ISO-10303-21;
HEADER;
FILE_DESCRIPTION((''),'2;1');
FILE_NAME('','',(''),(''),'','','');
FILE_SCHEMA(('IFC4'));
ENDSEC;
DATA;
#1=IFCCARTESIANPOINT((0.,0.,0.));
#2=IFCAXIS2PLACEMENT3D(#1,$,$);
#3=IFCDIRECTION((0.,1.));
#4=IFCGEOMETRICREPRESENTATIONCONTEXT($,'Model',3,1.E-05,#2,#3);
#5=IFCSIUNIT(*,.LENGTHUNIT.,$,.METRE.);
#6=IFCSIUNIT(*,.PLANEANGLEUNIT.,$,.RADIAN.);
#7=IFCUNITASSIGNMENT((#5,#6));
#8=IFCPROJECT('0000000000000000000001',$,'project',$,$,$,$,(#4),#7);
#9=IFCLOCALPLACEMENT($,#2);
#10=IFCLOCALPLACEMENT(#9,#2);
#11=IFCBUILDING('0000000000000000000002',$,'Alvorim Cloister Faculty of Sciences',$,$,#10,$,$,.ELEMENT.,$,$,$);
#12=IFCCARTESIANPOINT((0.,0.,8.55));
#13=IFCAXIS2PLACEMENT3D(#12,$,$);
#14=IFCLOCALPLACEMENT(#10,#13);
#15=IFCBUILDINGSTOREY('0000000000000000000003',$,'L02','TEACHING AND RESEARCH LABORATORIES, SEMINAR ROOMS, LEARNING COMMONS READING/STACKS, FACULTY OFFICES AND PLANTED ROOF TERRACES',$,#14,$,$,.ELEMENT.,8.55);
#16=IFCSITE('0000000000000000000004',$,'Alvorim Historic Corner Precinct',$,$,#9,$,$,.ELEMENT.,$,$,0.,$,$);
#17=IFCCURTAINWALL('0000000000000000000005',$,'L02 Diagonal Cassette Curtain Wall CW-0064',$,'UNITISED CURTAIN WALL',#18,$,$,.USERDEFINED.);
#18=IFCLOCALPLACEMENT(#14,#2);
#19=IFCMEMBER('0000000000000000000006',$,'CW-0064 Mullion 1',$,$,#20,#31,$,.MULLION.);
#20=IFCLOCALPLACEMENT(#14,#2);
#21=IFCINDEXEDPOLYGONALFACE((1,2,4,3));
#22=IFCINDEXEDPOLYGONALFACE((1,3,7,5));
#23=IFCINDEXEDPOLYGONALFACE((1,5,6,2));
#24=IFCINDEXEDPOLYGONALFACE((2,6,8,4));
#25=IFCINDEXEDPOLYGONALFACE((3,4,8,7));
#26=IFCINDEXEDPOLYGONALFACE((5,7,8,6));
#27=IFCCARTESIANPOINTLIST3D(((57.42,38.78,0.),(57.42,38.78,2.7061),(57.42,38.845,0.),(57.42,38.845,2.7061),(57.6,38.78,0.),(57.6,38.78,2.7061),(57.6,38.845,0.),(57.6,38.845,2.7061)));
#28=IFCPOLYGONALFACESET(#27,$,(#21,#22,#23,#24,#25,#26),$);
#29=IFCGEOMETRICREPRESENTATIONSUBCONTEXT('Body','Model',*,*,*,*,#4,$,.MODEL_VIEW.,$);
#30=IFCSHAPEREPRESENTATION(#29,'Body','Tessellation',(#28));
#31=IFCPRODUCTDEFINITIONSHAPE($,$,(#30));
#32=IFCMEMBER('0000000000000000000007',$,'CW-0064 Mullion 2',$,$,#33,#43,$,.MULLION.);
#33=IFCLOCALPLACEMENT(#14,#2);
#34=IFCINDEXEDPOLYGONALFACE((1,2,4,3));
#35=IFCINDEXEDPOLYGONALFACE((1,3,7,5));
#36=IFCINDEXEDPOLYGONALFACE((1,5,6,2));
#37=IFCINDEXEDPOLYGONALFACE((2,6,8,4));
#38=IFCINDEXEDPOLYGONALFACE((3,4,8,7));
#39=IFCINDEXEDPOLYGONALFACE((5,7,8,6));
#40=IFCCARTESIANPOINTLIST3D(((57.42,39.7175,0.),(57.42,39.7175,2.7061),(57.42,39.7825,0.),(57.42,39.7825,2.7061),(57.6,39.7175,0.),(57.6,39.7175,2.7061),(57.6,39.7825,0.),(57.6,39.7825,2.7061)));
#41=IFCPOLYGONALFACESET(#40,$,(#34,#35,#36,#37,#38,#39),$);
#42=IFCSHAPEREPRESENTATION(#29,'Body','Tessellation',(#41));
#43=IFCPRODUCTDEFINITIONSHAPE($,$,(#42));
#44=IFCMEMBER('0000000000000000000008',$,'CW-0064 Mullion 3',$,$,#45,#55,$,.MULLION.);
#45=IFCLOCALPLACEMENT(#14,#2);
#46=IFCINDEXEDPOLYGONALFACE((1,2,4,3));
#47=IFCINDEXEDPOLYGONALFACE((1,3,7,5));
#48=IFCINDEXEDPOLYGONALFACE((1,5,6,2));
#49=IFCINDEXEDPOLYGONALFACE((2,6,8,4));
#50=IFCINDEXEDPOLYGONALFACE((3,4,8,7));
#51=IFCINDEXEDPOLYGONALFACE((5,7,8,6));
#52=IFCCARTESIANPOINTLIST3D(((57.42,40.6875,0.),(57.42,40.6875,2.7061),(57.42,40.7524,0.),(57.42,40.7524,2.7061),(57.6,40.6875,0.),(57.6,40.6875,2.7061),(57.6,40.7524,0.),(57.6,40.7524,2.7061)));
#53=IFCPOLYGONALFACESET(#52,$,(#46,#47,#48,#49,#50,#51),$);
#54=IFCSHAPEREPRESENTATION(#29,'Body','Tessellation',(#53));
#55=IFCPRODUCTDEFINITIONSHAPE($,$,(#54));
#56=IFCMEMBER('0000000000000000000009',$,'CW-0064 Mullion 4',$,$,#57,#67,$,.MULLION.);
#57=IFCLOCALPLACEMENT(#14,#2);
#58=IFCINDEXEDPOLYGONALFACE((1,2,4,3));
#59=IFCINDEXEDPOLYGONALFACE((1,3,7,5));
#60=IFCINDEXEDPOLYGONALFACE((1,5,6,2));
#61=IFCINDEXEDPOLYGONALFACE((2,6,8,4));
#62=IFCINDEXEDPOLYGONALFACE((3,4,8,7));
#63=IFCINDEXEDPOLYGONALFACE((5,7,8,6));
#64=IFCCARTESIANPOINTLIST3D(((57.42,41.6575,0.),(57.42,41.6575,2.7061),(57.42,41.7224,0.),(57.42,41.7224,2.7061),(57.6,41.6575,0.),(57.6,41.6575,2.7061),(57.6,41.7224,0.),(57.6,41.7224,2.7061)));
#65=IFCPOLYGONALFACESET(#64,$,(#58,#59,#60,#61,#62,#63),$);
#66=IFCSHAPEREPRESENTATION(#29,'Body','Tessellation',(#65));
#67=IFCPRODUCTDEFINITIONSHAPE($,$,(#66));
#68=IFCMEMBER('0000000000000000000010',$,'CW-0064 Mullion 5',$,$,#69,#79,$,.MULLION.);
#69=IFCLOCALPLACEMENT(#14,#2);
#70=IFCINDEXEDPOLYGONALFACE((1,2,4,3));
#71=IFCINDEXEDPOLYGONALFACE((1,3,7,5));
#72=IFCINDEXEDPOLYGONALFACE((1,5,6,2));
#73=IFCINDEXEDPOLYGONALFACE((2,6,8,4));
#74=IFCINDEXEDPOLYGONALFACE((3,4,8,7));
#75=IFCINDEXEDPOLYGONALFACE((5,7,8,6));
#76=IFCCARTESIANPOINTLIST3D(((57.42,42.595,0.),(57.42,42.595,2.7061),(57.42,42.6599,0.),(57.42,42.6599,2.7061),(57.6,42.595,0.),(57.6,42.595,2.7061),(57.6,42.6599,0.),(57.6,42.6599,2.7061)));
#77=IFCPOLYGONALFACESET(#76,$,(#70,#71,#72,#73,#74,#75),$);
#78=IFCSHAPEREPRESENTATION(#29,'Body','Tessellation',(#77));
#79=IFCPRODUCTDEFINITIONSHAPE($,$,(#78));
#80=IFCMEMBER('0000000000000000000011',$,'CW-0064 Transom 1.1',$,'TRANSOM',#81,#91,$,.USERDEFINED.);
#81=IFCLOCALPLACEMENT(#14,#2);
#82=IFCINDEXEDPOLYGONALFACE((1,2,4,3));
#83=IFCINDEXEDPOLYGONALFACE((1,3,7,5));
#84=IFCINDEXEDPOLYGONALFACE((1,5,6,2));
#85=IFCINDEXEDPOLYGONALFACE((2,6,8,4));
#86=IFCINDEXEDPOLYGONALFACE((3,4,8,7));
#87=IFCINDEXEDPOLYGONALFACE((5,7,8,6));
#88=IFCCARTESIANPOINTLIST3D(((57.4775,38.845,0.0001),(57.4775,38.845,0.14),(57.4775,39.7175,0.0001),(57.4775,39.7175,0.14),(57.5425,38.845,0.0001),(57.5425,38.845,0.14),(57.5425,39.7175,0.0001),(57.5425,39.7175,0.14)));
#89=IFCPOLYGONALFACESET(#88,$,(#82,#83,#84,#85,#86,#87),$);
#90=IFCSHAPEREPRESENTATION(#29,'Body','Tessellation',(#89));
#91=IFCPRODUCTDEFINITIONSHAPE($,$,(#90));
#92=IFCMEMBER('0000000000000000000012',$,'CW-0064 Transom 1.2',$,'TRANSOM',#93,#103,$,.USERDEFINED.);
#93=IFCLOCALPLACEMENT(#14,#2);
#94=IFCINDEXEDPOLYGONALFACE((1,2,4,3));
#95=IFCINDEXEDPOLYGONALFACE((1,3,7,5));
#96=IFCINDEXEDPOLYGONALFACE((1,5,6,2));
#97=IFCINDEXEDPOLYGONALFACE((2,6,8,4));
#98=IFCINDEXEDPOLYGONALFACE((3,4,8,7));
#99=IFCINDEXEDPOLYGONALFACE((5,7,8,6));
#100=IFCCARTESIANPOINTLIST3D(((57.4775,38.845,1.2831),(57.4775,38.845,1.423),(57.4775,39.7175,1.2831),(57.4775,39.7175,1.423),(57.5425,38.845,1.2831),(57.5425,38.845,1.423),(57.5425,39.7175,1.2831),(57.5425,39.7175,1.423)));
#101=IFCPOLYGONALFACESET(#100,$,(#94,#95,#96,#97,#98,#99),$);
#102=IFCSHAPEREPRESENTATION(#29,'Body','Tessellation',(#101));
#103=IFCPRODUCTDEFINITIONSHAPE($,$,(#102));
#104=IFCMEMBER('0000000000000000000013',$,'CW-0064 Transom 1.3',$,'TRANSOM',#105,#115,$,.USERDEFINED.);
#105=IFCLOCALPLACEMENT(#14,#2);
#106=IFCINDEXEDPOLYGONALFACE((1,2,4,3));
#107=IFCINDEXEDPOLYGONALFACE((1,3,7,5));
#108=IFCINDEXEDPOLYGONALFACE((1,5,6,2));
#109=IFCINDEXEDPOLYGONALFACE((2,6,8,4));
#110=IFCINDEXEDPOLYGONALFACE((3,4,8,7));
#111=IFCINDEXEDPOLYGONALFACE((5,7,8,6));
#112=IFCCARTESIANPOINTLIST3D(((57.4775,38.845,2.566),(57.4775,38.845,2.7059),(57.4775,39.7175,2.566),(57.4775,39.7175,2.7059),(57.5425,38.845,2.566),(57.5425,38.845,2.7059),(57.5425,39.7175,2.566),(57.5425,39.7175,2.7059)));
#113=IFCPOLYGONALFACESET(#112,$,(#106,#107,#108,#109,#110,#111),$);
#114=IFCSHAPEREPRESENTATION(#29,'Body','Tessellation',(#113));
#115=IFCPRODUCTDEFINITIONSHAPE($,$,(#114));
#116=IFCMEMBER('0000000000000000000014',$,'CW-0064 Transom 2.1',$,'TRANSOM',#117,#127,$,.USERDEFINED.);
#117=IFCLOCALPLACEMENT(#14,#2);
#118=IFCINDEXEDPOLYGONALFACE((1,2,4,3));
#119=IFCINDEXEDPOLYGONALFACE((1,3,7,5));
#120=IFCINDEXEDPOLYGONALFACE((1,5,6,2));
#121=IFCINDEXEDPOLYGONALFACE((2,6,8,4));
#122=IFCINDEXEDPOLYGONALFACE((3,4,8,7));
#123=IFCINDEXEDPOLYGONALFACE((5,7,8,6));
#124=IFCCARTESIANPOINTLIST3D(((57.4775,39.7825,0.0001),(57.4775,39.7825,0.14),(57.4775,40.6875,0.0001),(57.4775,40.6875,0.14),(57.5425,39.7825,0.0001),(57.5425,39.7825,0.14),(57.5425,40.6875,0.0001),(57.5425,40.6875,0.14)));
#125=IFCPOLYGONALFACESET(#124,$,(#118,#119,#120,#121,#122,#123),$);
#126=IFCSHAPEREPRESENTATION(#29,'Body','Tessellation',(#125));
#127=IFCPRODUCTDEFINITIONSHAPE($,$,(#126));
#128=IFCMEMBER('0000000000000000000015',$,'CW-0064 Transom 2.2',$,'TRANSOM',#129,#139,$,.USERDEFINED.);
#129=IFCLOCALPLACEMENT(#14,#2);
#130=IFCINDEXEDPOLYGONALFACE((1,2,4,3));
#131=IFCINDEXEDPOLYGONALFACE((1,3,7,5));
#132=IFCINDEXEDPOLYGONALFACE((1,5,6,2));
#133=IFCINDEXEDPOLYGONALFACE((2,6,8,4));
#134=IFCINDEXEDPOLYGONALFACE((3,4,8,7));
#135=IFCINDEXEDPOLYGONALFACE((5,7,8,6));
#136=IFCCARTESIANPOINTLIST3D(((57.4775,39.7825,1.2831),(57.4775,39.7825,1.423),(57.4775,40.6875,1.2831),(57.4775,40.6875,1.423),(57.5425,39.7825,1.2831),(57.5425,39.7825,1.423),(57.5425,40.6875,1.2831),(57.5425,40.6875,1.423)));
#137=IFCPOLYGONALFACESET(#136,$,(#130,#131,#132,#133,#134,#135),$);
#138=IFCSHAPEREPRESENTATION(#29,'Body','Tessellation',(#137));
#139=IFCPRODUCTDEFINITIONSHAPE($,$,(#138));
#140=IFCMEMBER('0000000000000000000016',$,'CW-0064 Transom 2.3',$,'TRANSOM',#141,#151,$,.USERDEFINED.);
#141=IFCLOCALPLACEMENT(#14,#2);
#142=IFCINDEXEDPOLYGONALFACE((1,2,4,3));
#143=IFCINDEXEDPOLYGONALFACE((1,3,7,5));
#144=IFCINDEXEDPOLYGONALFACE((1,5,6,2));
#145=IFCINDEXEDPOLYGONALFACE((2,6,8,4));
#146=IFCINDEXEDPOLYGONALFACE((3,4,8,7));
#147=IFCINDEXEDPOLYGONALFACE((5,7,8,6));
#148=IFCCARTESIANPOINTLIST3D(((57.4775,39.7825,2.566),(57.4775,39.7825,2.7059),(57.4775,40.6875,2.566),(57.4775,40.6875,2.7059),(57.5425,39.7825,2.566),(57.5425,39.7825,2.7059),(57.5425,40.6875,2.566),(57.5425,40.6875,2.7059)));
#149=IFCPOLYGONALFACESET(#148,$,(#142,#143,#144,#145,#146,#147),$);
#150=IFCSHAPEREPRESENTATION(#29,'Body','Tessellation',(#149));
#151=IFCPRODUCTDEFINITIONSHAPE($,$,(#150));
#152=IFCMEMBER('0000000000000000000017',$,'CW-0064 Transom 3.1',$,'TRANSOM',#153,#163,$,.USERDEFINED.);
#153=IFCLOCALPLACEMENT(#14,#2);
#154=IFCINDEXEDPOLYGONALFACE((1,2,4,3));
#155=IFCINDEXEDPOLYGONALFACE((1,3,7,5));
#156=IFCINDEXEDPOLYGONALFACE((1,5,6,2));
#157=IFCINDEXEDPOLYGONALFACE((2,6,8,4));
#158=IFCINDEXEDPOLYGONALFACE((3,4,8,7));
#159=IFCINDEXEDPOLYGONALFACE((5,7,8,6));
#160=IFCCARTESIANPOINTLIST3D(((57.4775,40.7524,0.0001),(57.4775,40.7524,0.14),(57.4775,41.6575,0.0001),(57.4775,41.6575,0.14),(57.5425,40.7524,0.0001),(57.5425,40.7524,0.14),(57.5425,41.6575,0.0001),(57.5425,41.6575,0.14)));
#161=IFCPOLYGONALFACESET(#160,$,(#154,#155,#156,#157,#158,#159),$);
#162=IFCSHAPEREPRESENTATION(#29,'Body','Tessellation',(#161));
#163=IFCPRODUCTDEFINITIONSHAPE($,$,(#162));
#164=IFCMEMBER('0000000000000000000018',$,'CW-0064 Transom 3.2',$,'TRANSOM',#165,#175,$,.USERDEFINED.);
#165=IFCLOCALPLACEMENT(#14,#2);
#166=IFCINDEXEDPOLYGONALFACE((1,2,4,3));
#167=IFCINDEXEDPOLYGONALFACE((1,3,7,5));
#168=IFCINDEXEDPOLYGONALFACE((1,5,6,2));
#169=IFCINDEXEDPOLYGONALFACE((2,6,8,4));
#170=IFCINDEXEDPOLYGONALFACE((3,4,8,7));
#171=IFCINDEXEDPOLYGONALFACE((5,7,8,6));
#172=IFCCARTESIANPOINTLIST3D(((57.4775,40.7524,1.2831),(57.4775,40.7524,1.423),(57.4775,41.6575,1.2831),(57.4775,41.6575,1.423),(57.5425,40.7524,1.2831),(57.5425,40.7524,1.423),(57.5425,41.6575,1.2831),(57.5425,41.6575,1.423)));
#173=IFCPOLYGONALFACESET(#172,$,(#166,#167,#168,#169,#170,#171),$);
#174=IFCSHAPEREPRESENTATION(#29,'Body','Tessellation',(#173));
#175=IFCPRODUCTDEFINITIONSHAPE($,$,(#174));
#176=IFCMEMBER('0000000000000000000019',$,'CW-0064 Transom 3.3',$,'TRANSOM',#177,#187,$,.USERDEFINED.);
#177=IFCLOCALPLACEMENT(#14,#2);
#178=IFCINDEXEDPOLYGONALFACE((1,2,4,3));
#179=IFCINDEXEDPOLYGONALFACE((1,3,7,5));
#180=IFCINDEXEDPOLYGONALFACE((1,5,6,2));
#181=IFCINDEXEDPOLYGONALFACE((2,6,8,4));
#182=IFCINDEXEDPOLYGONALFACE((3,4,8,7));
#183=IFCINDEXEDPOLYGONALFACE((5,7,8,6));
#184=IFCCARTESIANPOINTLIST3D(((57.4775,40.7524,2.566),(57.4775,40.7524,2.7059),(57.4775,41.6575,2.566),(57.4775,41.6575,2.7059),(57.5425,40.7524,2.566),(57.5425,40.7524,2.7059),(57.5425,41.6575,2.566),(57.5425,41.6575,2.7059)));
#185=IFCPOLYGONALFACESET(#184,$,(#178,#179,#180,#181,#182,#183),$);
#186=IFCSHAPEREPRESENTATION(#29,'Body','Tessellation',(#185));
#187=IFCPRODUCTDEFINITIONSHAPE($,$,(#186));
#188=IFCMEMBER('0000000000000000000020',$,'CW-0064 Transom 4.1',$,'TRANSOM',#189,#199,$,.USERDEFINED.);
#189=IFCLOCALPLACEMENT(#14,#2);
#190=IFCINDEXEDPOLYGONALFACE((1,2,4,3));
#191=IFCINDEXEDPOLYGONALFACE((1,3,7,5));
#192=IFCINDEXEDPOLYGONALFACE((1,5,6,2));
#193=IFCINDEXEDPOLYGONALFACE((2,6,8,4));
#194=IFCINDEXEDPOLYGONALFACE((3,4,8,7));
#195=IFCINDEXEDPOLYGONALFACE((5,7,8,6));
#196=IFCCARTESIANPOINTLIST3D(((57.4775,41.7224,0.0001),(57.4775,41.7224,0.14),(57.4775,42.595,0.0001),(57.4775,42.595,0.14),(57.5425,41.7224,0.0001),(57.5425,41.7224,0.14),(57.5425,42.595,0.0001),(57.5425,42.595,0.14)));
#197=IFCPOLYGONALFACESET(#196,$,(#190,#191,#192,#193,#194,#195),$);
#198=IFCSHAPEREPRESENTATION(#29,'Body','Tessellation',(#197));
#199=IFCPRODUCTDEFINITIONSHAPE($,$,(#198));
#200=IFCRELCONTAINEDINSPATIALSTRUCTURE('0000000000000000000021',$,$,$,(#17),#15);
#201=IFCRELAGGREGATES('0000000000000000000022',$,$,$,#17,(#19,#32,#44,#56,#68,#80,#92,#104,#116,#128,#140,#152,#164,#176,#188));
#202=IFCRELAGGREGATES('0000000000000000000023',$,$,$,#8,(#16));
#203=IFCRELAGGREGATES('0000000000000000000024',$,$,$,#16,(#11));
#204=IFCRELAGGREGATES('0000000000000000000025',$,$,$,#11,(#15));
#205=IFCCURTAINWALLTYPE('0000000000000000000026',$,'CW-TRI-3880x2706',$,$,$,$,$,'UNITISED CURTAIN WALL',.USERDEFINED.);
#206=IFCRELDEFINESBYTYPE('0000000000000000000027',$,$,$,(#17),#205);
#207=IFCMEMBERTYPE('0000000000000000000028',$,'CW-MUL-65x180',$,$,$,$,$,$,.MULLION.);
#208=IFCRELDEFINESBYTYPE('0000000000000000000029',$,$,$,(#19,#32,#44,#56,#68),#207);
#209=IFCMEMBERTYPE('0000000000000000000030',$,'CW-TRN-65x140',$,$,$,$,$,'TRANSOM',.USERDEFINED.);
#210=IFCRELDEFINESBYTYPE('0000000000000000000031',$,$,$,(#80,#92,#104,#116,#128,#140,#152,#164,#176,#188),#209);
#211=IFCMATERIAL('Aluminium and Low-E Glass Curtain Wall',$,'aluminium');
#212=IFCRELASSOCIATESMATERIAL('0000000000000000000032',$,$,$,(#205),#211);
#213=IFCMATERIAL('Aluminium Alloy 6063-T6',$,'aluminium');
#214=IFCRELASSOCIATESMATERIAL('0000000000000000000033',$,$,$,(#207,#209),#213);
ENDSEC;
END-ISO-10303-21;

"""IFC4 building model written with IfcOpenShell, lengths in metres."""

from ifc_helpers import new_model, si_unit, direction, frame, origin, origin_2d, place, context, subcontext, project, spatial, rectangle, extrude, material, material_profile, profile_set, type_object, element, aggregate, save


model = new_model("IFC4")

# Units and contexts
model_context = context("Model", 3, precision=1e-05, world=origin(), true_north=direction((0.0, 1.0)))
body_context = subcontext(model_context, "Body", "Model", "MODEL_VIEW")
ifc_project = project(units=[si_unit("LENGTHUNIT", "METRE"), si_unit("PLANEANGLEUNIT", "RADIAN")], contexts=[model_context])

# Site, building, storey
site_placement = place(None, origin())
site = spatial("IfcSite", under=ifc_project, at=site_placement, Name="Alvorim Historic Corner Precinct", CompositionType="ELEMENT", RefElevation=0.0)
building_placement = place(site_placement, origin())
building = spatial("IfcBuilding", under=site, at=building_placement, Name="Alvorim Cloister Faculty of Sciences", CompositionType="ELEMENT")
storey_placement = place(building_placement, frame((0.0, 0.0, 8.55)))
storey = spatial("IfcBuildingStorey", under=building, at=storey_placement, Name="L02", Description="TEACHING AND RESEARCH LABORATORIES, SEMINAR ROOMS, LEARNING COMMONS READING/STACKS, FACULTY OFFICES AND PLANTED ROOF TERRACES", CompositionType="ELEMENT", Elevation=8.55)

# Curtain wall, members
ifc_material_1 = material(Name="Aluminium and Low-E Glass Curtain Wall", Category="aluminium")
curtain_wall_type = type_object("IfcCurtainWallType", Name="CW-TRI-3880x2706", ElementType="UNITISED CURTAIN WALL", PredefinedType="USERDEFINED", material=ifc_material_1)
curtain_wall_placement = place(storey_placement, origin())
curtain_wall = element("IfcCurtainWall", 1, at=curtain_wall_placement, inside=storey, type_object=curtain_wall_type, Name="L02 Diagonal Cassette Curtain Wall CW-0064", ObjectType="UNITISED CURTAIN WALL", PredefinedType="USERDEFINED")
ifc_material_2 = material(Name="Aluminium Alloy 6063-T6", Category="aluminium")
ifc_material_profile_1 = material_profile(ifc_material_2, rectangle(XDim=0.0649, YDim=0.1799, at=origin_2d()), Name="ALU-MUL-65x180")
ifc_profile_set_1 = profile_set([ifc_material_profile_1], Name="Aluminium Alloy 6063-T6")
member_type_1 = type_object("IfcMemberType", Name="CW-MUL-65x180", PredefinedType="MULLION", material=ifc_profile_set_1)
member_1_placement = place(storey_placement, frame((57.51, 38.8125, 0.0), z_axis=(0.0, 0.0, 1.0), x_axis=(0.0, 1.0, 0.0)))
member_1 = element("IfcMember", 2, at=member_1_placement, type_object=member_type_1, Name="CW-0064 Mullion 1", PredefinedType="MULLION", context=body_context, shape_type="SweptSolid", body=[
    extrude(rectangle(XDim=0.0649, YDim=0.1799, at=origin_2d()), origin(), (0.0, 0.0, 1.0), 2.7061),
])
member_2_placement = place(storey_placement, frame((57.51, 39.75, 0.0), z_axis=(0.0, 0.0, 1.0), x_axis=(0.0, 1.0, 0.0)))
member_2 = element("IfcMember", 3, at=member_2_placement, type_object=member_type_1, Name="CW-0064 Mullion 2", PredefinedType="MULLION", context=body_context, shape_type="SweptSolid", body=[
    extrude(rectangle(XDim=0.0649, YDim=0.1799, at=origin_2d()), origin(), (0.0, 0.0, 1.0), 2.7061),
])
member_3_placement = place(storey_placement, frame((57.51, 40.72, 0.0), z_axis=(0.0, 0.0, 1.0), x_axis=(0.0, 1.0, 0.0)))
member_3 = element("IfcMember", 4, at=member_3_placement, type_object=member_type_1, Name="CW-0064 Mullion 3", PredefinedType="MULLION", context=body_context, shape_type="SweptSolid", body=[
    extrude(rectangle(XDim=0.0649, YDim=0.1799, at=origin_2d()), origin(), (0.0, 0.0, 1.0), 2.7061),
])
member_4_placement = place(storey_placement, frame((57.51, 41.6899, 0.0), z_axis=(0.0, 0.0, 1.0), x_axis=(0.0, 1.0, 0.0)))
member_4 = element("IfcMember", 5, at=member_4_placement, type_object=member_type_1, Name="CW-0064 Mullion 4", PredefinedType="MULLION", context=body_context, shape_type="SweptSolid", body=[
    extrude(rectangle(XDim=0.0649, YDim=0.1799, at=origin_2d()), origin(), (0.0, 0.0, 1.0), 2.7061),
])
member_5_placement = place(storey_placement, frame((57.51, 42.6274, 0.0), z_axis=(0.0, 0.0, 1.0), x_axis=(0.0, 1.0, 0.0)))
member_5 = element("IfcMember", 6, at=member_5_placement, type_object=member_type_1, Name="CW-0064 Mullion 5", PredefinedType="MULLION", context=body_context, shape_type="SweptSolid", body=[
    extrude(rectangle(XDim=0.0649, YDim=0.1799, at=origin_2d()), origin(), (0.0, 0.0, 1.0), 2.7061),
])
ifc_material_profile_2 = material_profile(ifc_material_2, rectangle(XDim=0.0649, YDim=0.1399, at=origin_2d()), Name="ALU-TRN-65x140")
ifc_profile_set_2 = profile_set([ifc_material_profile_2], Name="Aluminium Alloy 6063-T6")
member_type_2 = type_object("IfcMemberType", Name="CW-TRN-65x140", ElementType="TRANSOM", PredefinedType="USERDEFINED", material=ifc_profile_set_2)
member_6_placement = place(storey_placement, frame((57.51, 38.845, 0.0701), z_axis=(0.0, 1.0, 0.0), x_axis=(-1.0, 0.0, 0.0)))
member_6 = element("IfcMember", 7, at=member_6_placement, type_object=member_type_2, Name="CW-0064 Transom 1.1", ObjectType="TRANSOM", PredefinedType="USERDEFINED", context=body_context, shape_type="SweptSolid", body=[
    extrude(rectangle(XDim=0.0649, YDim=0.1399, at=origin_2d()), origin(), (0.0, 0.0, 1.0), 0.8726),
])
member_7_placement = place(storey_placement, frame((57.51, 38.845, 1.353), z_axis=(0.0, 1.0, 0.0), x_axis=(-1.0, 0.0, 0.0)))
member_7 = element("IfcMember", 8, at=member_7_placement, type_object=member_type_2, Name="CW-0064 Transom 1.2", ObjectType="TRANSOM", PredefinedType="USERDEFINED", context=body_context, shape_type="SweptSolid", body=[
    extrude(rectangle(XDim=0.0649, YDim=0.1399, at=origin_2d()), origin(), (0.0, 0.0, 1.0), 0.8726),
])
member_8_placement = place(storey_placement, frame((57.51, 38.845, 2.636), z_axis=(0.0, 1.0, 0.0), x_axis=(-1.0, 0.0, 0.0)))
member_8 = element("IfcMember", 9, at=member_8_placement, type_object=member_type_2, Name="CW-0064 Transom 1.3", ObjectType="TRANSOM", PredefinedType="USERDEFINED", context=body_context, shape_type="SweptSolid", body=[
    extrude(rectangle(XDim=0.0649, YDim=0.1399, at=origin_2d()), origin(), (0.0, 0.0, 1.0), 0.8726),
])
member_9_placement = place(storey_placement, frame((57.51, 39.7825, 0.0701), z_axis=(0.0, 1.0, 0.0), x_axis=(-1.0, 0.0, 0.0)))
member_9 = element("IfcMember", 10, at=member_9_placement, type_object=member_type_2, Name="CW-0064 Transom 2.1", ObjectType="TRANSOM", PredefinedType="USERDEFINED", context=body_context, shape_type="SweptSolid", body=[
    extrude(rectangle(XDim=0.0649, YDim=0.1399, at=origin_2d()), origin(), (0.0, 0.0, 1.0), 0.905),
])
member_10_placement = place(storey_placement, frame((57.51, 39.7825, 1.353), z_axis=(0.0, 1.0, 0.0), x_axis=(-1.0, 0.0, 0.0)))
member_10 = element("IfcMember", 11, at=member_10_placement, type_object=member_type_2, Name="CW-0064 Transom 2.2", ObjectType="TRANSOM", PredefinedType="USERDEFINED", context=body_context, shape_type="SweptSolid", body=[
    extrude(rectangle(XDim=0.0649, YDim=0.1399, at=origin_2d()), origin(), (0.0, 0.0, 1.0), 0.905),
])
member_11_placement = place(storey_placement, frame((57.51, 39.7825, 2.636), z_axis=(0.0, 1.0, 0.0), x_axis=(-1.0, 0.0, 0.0)))
member_11 = element("IfcMember", 12, at=member_11_placement, type_object=member_type_2, Name="CW-0064 Transom 2.3", ObjectType="TRANSOM", PredefinedType="USERDEFINED", context=body_context, shape_type="SweptSolid", body=[
    extrude(rectangle(XDim=0.0649, YDim=0.1399, at=origin_2d()), origin(), (0.0, 0.0, 1.0), 0.905),
])
member_12_placement = place(storey_placement, frame((57.51, 40.7524, 0.0701), z_axis=(0.0, 1.0, 0.0), x_axis=(-1.0, 0.0, 0.0)))
member_12 = element("IfcMember", 13, at=member_12_placement, type_object=member_type_2, Name="CW-0064 Transom 3.1", ObjectType="TRANSOM", PredefinedType="USERDEFINED", context=body_context, shape_type="SweptSolid", body=[
    extrude(rectangle(XDim=0.0649, YDim=0.1399, at=origin_2d()), origin(), (0.0, 0.0, 1.0), 0.905),
])
member_13_placement = place(storey_placement, frame((57.51, 40.7524, 1.353), z_axis=(0.0, 1.0, 0.0), x_axis=(-1.0, 0.0, 0.0)))
member_13 = element("IfcMember", 14, at=member_13_placement, type_object=member_type_2, Name="CW-0064 Transom 3.2", ObjectType="TRANSOM", PredefinedType="USERDEFINED", context=body_context, shape_type="SweptSolid", body=[
    extrude(rectangle(XDim=0.0649, YDim=0.1399, at=origin_2d()), origin(), (0.0, 0.0, 1.0), 0.905),
])
member_14_placement = place(storey_placement, frame((57.51, 40.7524, 2.636), z_axis=(0.0, 1.0, 0.0), x_axis=(-1.0, 0.0, 0.0)))
member_14 = element("IfcMember", 15, at=member_14_placement, type_object=member_type_2, Name="CW-0064 Transom 3.3", ObjectType="TRANSOM", PredefinedType="USERDEFINED", context=body_context, shape_type="SweptSolid", body=[
    extrude(rectangle(XDim=0.0649, YDim=0.1399, at=origin_2d()), origin(), (0.0, 0.0, 1.0), 0.905),
])
member_15_placement = place(storey_placement, frame((57.51, 41.7224, 0.0701), z_axis=(0.0, 1.0, 0.0), x_axis=(-1.0, 0.0, 0.0)))
member_15 = element("IfcMember", 16, at=member_15_placement, type_object=member_type_2, Name="CW-0064 Transom 4.1", ObjectType="TRANSOM", PredefinedType="USERDEFINED", context=body_context, shape_type="SweptSolid", body=[
    extrude(rectangle(XDim=0.0649, YDim=0.1399, at=origin_2d()), origin(), (0.0, 0.0, 1.0), 0.8726),
])
aggregate(curtain_wall, [member_1, member_2, member_3, member_4, member_5, member_6, member_7, member_8, member_9, member_10, member_11, member_12, member_13, member_14, member_15])

save(model, "model.ifc")
